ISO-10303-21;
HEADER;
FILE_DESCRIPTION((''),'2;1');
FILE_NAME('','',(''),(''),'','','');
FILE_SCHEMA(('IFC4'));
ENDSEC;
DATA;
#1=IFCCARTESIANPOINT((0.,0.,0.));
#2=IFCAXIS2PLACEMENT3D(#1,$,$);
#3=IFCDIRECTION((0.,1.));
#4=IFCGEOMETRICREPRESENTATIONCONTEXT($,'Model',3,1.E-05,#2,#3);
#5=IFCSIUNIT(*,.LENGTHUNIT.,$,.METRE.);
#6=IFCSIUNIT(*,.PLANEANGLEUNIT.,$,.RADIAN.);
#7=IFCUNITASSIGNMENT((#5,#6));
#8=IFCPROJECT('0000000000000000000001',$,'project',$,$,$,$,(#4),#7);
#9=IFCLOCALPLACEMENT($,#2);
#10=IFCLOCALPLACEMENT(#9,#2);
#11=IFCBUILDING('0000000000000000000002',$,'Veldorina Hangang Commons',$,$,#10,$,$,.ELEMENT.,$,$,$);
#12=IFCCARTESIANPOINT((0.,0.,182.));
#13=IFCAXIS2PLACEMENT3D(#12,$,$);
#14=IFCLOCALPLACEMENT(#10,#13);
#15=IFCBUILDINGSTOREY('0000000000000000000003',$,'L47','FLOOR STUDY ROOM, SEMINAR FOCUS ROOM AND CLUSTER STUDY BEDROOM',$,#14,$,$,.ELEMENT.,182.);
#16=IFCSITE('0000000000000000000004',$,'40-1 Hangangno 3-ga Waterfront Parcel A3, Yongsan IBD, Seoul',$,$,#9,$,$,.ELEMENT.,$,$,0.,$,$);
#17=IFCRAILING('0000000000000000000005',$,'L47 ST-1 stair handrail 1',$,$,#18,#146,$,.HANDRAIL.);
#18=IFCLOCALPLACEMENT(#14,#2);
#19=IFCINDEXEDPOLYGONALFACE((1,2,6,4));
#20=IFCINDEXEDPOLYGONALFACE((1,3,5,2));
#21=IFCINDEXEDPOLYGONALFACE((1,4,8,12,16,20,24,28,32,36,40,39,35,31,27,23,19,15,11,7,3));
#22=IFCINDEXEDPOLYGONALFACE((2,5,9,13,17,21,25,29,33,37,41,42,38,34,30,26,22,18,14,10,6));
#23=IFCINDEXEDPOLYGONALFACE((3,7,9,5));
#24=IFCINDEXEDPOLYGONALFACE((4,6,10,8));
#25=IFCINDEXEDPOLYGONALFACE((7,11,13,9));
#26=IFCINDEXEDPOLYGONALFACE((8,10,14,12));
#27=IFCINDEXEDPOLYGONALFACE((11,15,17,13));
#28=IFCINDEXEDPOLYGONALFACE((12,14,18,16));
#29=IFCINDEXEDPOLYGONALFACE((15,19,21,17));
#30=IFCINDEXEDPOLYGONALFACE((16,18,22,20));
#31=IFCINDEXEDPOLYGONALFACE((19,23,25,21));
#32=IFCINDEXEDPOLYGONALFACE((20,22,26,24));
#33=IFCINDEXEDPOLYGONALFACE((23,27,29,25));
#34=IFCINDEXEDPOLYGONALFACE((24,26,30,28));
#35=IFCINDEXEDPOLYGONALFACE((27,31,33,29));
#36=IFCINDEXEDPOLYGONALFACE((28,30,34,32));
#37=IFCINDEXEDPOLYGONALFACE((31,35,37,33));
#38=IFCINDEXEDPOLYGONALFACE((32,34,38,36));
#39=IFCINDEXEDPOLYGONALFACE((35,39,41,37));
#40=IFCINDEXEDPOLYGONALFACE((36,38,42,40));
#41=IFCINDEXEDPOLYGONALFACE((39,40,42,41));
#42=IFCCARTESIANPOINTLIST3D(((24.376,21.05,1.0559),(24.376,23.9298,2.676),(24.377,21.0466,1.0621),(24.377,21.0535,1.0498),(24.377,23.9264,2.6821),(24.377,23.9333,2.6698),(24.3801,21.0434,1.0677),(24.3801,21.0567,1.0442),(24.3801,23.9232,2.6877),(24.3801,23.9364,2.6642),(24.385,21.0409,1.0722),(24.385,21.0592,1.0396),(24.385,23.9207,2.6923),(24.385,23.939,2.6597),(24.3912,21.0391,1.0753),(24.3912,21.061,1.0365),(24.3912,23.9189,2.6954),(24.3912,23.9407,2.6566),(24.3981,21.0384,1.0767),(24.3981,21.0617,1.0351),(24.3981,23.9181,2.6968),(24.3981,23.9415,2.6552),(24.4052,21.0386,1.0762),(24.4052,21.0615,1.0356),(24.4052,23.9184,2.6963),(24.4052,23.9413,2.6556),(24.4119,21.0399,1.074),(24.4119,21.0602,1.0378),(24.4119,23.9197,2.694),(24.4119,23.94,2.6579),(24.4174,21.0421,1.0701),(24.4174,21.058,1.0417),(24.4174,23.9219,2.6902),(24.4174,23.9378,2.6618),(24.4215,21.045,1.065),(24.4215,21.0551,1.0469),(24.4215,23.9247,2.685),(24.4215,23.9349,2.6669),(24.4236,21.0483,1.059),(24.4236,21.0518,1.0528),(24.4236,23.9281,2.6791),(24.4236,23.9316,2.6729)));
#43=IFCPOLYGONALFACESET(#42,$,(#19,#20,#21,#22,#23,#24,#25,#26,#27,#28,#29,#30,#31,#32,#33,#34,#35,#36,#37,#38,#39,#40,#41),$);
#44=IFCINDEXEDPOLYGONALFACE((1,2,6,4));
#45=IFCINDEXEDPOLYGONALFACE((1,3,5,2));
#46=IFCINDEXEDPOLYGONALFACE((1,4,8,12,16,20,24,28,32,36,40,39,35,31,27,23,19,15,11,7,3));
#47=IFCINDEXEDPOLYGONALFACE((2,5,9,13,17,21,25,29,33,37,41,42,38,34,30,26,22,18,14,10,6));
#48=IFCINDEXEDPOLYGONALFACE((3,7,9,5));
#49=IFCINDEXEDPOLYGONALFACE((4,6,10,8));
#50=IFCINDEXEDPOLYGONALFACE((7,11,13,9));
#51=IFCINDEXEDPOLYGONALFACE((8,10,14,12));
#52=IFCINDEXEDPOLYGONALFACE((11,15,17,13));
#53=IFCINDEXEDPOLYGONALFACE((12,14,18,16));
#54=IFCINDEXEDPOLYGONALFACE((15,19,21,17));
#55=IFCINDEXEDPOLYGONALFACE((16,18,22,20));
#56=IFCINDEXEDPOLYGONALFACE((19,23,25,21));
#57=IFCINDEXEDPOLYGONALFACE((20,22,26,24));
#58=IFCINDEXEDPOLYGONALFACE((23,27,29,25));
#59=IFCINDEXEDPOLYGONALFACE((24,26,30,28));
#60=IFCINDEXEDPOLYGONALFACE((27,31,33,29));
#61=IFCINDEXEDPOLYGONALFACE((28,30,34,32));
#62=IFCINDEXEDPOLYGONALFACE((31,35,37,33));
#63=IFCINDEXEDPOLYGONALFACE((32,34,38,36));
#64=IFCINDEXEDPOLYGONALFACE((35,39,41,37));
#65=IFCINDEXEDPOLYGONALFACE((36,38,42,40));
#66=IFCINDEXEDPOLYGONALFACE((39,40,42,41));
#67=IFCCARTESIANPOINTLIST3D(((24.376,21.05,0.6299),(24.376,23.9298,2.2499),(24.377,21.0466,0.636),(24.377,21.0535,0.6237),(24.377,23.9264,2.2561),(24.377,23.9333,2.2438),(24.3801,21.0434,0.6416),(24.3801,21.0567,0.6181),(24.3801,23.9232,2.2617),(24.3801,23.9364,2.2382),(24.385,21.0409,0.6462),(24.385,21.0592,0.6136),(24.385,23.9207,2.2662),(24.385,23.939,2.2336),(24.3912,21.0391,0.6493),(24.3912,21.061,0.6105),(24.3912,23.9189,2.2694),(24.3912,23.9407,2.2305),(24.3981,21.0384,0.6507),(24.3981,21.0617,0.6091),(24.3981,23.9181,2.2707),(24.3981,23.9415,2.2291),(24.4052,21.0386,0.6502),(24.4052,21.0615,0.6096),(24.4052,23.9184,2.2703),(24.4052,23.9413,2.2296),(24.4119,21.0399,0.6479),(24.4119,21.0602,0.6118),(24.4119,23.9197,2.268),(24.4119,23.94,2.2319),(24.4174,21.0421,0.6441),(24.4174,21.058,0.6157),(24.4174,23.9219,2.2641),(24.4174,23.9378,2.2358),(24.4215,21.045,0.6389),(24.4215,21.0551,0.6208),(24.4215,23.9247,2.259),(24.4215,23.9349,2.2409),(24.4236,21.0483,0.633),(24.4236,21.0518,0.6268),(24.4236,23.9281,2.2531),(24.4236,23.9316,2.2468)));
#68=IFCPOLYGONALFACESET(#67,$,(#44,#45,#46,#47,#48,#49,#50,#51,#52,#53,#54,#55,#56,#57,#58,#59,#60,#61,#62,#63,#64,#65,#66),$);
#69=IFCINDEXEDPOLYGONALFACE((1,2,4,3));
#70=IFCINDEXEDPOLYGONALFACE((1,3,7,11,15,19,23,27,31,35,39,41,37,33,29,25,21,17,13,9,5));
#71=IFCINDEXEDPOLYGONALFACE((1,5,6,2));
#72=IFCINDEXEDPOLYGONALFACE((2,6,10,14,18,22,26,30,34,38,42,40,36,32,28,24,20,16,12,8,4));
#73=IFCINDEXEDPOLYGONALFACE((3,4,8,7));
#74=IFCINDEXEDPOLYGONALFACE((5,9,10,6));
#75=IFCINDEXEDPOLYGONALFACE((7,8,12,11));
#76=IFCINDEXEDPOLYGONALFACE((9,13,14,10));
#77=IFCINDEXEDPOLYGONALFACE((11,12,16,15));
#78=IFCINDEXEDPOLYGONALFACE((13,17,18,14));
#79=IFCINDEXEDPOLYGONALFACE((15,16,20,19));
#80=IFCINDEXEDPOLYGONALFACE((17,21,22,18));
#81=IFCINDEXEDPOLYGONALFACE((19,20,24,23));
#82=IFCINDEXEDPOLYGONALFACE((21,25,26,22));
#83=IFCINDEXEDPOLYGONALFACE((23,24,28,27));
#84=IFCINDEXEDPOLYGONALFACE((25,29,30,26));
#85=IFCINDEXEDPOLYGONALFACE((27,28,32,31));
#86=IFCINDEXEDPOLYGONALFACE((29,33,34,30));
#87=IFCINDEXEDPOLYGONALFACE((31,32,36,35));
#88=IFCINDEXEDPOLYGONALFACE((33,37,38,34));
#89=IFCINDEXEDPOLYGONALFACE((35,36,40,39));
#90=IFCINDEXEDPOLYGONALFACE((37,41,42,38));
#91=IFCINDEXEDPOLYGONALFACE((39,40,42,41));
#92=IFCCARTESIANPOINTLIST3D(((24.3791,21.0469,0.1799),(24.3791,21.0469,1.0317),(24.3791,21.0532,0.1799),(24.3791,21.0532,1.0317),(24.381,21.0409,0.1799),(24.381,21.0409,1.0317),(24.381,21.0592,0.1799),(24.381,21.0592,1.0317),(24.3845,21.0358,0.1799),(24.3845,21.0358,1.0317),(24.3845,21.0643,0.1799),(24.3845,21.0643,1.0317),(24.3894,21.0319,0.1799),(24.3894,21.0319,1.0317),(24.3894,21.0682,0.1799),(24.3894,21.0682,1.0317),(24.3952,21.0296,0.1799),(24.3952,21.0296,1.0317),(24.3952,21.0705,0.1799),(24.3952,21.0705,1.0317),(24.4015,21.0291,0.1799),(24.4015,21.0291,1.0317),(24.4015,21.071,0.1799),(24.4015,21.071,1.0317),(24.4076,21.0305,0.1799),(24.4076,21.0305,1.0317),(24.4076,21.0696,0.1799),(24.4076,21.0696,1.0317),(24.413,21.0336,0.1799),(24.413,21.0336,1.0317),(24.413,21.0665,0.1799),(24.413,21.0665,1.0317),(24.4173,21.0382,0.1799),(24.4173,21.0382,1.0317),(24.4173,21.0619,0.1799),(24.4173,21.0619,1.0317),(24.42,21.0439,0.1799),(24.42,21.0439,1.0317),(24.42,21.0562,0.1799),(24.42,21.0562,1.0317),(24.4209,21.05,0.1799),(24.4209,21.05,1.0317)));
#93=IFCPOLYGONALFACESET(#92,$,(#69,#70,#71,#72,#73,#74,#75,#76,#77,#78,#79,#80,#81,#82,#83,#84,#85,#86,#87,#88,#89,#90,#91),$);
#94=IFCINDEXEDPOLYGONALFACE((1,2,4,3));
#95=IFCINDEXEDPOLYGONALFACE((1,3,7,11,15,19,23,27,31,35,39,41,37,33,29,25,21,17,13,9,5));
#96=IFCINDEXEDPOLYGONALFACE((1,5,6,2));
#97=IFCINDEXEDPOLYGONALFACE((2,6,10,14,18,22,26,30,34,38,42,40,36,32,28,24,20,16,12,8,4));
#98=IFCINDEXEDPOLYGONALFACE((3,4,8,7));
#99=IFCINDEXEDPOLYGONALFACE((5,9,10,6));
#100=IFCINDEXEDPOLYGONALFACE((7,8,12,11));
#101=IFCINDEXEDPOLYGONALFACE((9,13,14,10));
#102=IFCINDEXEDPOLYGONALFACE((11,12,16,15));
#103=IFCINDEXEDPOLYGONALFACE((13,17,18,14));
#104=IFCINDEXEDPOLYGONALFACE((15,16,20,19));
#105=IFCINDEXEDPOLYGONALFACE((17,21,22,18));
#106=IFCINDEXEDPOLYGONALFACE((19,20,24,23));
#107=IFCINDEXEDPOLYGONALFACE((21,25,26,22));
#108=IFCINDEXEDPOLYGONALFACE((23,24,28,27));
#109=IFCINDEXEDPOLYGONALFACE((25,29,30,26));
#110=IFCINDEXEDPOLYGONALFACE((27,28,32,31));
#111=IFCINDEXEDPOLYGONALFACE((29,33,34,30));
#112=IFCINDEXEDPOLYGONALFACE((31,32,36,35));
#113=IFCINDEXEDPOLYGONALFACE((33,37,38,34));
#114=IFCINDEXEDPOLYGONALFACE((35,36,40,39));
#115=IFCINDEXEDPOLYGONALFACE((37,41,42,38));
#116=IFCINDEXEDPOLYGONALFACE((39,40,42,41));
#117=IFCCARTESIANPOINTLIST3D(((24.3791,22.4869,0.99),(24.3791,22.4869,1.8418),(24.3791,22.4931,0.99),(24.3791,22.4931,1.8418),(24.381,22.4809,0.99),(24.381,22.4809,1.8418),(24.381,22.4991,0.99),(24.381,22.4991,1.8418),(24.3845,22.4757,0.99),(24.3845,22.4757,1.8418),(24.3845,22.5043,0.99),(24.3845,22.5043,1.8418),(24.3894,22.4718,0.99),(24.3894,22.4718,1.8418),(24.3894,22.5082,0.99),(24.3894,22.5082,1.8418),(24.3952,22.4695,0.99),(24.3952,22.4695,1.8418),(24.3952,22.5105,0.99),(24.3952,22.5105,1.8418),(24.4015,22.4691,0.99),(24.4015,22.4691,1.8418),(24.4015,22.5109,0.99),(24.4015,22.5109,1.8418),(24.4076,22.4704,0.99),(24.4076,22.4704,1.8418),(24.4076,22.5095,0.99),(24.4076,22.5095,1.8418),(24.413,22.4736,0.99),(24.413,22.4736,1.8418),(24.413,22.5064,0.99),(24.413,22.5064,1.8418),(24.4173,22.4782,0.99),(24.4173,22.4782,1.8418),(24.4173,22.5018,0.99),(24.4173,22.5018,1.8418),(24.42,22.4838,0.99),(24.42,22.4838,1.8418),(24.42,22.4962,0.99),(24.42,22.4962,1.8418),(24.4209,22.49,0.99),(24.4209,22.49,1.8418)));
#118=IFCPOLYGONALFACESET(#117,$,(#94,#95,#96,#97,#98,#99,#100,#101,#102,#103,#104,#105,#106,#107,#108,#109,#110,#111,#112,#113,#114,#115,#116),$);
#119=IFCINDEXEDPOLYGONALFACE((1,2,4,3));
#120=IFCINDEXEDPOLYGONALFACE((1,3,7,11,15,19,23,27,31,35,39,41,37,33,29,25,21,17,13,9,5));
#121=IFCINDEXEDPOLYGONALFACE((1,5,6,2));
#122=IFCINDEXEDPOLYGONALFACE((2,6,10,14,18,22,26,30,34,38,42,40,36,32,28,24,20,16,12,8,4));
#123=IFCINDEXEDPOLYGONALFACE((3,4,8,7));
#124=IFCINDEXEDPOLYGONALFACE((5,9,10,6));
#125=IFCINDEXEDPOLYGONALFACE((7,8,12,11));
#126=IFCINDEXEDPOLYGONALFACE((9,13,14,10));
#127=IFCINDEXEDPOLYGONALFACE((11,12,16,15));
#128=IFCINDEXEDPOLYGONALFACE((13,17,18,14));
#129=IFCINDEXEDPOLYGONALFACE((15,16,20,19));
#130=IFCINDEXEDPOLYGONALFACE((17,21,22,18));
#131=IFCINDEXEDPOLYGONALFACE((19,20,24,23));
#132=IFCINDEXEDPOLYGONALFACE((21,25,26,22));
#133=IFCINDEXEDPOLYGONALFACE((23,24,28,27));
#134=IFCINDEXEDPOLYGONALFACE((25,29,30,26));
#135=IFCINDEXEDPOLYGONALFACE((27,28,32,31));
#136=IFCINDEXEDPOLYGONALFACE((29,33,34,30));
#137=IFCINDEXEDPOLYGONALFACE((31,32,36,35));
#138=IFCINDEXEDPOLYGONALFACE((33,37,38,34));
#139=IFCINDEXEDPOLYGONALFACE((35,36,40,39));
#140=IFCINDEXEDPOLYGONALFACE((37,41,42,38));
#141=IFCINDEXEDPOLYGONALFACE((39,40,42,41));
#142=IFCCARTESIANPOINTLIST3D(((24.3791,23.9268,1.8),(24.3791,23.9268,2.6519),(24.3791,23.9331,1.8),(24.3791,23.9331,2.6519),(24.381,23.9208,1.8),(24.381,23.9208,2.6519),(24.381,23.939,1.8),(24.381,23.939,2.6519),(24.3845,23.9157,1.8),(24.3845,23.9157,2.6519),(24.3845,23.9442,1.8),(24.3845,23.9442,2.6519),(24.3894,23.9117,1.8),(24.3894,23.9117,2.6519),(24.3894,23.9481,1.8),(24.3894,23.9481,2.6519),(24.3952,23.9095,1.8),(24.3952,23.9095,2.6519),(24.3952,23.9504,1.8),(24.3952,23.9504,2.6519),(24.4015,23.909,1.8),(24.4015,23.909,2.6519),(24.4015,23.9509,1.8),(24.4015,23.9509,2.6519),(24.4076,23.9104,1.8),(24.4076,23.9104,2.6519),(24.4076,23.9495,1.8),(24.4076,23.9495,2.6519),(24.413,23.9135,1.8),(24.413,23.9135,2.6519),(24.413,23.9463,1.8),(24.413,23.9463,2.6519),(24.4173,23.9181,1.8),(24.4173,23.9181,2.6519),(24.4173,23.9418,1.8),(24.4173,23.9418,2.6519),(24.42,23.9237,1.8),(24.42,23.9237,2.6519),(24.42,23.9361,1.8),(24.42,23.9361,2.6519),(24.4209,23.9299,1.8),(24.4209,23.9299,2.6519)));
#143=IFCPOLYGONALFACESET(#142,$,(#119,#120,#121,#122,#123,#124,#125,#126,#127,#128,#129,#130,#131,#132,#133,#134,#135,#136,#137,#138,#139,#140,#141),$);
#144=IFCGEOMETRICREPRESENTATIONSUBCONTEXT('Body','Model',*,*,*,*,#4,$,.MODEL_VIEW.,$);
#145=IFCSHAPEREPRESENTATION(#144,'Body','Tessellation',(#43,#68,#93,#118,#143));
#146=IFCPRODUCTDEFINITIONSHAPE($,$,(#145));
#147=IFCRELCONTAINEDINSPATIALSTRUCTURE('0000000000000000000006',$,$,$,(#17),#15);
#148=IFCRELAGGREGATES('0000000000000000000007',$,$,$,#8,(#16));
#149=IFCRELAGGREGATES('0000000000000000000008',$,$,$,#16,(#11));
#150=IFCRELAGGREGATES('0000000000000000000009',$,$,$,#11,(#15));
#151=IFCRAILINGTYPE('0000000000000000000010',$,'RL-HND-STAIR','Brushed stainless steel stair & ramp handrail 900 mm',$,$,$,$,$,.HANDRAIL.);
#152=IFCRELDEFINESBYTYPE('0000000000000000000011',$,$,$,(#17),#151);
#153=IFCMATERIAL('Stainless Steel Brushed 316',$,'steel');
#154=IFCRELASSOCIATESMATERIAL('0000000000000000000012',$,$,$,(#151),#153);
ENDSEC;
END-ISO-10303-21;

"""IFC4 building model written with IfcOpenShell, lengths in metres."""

from ifc_helpers import new_model, si_unit, direction, frame, origin, origin_2d, place, context, subcontext, project, spatial, circle, extrude, material, type_object, element, save


model = new_model("IFC4")

# Units and contexts
model_context = context("Model", 3, precision=1e-05, world=origin(), true_north=direction((0.0, 1.0)))
body_context = subcontext(model_context, "Body", "Model", "MODEL_VIEW")
ifc_project = project(units=[si_unit("LENGTHUNIT", "METRE"), si_unit("PLANEANGLEUNIT", "RADIAN")], contexts=[model_context])

# Site, building, storey
site_placement = place(None, origin())
site = spatial("IfcSite", under=ifc_project, at=site_placement, Name="40-1 Hangangno 3-ga Waterfront Parcel A3, Yongsan IBD, Seoul", CompositionType="ELEMENT", RefElevation=0.0)
building_placement = place(site_placement, origin())
building = spatial("IfcBuilding", under=site, at=building_placement, Name="Veldorina Hangang Commons", CompositionType="ELEMENT")
storey_placement = place(building_placement, frame((0.0, 0.0, 182.0)))
storey = spatial("IfcBuildingStorey", under=building, at=storey_placement, Name="L47", Description="FLOOR STUDY ROOM, SEMINAR FOCUS ROOM AND CLUSTER STUDY BEDROOM", CompositionType="ELEMENT", Elevation=182.0)

# Railing
ifc_material_1 = material(Name="Stainless Steel Brushed 316", Category="steel")
railing_type_1 = type_object("IfcRailingType", Name="RL-HND-STAIR", Description="Brushed stainless steel stair & ramp handrail 900 mm", PredefinedType="HANDRAIL", material=ifc_material_1)
railing_1_placement = place(storey_placement, frame((24.3999, 21.05, 0.1799)))
element("IfcRailing", 1, at=railing_1_placement, inside=storey, type_object=railing_type_1, Name="L47 ST-1 stair handrail 1", PredefinedType="HANDRAIL", context=body_context, shape_type="SweptSolid", body=[
    extrude(circle(Radius=0.0239, at=origin_2d()), frame((0.0, 0.0, 0.876), z_axis=(0.0, 0.871552, 0.490303), x_axis=(-1.0, 0.0, 0.0)), (0.0, 0.0, 1.0), 3.3042),
    extrude(circle(Radius=0.0239, at=origin_2d()), frame((0.0, 0.0, 0.45), z_axis=(0.0, 0.871552, 0.490303), x_axis=(-1.0, 0.0, 0.0)), (0.0, 0.0, 1.0), 3.3042),
    extrude(circle(Radius=0.021, at=origin_2d()), origin(), (0.0, 0.0, 1.0), 0.8518),
    extrude(circle(Radius=0.021, at=origin_2d()), frame((0.0, 1.4399, 0.8101)), (0.0, 0.0, 1.0), 0.8518),
    extrude(circle(Radius=0.021, at=origin_2d()), frame((0.0, 2.8799, 1.6201)), (0.0, 0.0, 1.0), 0.8518),
])

save(model, "model.ifc")
